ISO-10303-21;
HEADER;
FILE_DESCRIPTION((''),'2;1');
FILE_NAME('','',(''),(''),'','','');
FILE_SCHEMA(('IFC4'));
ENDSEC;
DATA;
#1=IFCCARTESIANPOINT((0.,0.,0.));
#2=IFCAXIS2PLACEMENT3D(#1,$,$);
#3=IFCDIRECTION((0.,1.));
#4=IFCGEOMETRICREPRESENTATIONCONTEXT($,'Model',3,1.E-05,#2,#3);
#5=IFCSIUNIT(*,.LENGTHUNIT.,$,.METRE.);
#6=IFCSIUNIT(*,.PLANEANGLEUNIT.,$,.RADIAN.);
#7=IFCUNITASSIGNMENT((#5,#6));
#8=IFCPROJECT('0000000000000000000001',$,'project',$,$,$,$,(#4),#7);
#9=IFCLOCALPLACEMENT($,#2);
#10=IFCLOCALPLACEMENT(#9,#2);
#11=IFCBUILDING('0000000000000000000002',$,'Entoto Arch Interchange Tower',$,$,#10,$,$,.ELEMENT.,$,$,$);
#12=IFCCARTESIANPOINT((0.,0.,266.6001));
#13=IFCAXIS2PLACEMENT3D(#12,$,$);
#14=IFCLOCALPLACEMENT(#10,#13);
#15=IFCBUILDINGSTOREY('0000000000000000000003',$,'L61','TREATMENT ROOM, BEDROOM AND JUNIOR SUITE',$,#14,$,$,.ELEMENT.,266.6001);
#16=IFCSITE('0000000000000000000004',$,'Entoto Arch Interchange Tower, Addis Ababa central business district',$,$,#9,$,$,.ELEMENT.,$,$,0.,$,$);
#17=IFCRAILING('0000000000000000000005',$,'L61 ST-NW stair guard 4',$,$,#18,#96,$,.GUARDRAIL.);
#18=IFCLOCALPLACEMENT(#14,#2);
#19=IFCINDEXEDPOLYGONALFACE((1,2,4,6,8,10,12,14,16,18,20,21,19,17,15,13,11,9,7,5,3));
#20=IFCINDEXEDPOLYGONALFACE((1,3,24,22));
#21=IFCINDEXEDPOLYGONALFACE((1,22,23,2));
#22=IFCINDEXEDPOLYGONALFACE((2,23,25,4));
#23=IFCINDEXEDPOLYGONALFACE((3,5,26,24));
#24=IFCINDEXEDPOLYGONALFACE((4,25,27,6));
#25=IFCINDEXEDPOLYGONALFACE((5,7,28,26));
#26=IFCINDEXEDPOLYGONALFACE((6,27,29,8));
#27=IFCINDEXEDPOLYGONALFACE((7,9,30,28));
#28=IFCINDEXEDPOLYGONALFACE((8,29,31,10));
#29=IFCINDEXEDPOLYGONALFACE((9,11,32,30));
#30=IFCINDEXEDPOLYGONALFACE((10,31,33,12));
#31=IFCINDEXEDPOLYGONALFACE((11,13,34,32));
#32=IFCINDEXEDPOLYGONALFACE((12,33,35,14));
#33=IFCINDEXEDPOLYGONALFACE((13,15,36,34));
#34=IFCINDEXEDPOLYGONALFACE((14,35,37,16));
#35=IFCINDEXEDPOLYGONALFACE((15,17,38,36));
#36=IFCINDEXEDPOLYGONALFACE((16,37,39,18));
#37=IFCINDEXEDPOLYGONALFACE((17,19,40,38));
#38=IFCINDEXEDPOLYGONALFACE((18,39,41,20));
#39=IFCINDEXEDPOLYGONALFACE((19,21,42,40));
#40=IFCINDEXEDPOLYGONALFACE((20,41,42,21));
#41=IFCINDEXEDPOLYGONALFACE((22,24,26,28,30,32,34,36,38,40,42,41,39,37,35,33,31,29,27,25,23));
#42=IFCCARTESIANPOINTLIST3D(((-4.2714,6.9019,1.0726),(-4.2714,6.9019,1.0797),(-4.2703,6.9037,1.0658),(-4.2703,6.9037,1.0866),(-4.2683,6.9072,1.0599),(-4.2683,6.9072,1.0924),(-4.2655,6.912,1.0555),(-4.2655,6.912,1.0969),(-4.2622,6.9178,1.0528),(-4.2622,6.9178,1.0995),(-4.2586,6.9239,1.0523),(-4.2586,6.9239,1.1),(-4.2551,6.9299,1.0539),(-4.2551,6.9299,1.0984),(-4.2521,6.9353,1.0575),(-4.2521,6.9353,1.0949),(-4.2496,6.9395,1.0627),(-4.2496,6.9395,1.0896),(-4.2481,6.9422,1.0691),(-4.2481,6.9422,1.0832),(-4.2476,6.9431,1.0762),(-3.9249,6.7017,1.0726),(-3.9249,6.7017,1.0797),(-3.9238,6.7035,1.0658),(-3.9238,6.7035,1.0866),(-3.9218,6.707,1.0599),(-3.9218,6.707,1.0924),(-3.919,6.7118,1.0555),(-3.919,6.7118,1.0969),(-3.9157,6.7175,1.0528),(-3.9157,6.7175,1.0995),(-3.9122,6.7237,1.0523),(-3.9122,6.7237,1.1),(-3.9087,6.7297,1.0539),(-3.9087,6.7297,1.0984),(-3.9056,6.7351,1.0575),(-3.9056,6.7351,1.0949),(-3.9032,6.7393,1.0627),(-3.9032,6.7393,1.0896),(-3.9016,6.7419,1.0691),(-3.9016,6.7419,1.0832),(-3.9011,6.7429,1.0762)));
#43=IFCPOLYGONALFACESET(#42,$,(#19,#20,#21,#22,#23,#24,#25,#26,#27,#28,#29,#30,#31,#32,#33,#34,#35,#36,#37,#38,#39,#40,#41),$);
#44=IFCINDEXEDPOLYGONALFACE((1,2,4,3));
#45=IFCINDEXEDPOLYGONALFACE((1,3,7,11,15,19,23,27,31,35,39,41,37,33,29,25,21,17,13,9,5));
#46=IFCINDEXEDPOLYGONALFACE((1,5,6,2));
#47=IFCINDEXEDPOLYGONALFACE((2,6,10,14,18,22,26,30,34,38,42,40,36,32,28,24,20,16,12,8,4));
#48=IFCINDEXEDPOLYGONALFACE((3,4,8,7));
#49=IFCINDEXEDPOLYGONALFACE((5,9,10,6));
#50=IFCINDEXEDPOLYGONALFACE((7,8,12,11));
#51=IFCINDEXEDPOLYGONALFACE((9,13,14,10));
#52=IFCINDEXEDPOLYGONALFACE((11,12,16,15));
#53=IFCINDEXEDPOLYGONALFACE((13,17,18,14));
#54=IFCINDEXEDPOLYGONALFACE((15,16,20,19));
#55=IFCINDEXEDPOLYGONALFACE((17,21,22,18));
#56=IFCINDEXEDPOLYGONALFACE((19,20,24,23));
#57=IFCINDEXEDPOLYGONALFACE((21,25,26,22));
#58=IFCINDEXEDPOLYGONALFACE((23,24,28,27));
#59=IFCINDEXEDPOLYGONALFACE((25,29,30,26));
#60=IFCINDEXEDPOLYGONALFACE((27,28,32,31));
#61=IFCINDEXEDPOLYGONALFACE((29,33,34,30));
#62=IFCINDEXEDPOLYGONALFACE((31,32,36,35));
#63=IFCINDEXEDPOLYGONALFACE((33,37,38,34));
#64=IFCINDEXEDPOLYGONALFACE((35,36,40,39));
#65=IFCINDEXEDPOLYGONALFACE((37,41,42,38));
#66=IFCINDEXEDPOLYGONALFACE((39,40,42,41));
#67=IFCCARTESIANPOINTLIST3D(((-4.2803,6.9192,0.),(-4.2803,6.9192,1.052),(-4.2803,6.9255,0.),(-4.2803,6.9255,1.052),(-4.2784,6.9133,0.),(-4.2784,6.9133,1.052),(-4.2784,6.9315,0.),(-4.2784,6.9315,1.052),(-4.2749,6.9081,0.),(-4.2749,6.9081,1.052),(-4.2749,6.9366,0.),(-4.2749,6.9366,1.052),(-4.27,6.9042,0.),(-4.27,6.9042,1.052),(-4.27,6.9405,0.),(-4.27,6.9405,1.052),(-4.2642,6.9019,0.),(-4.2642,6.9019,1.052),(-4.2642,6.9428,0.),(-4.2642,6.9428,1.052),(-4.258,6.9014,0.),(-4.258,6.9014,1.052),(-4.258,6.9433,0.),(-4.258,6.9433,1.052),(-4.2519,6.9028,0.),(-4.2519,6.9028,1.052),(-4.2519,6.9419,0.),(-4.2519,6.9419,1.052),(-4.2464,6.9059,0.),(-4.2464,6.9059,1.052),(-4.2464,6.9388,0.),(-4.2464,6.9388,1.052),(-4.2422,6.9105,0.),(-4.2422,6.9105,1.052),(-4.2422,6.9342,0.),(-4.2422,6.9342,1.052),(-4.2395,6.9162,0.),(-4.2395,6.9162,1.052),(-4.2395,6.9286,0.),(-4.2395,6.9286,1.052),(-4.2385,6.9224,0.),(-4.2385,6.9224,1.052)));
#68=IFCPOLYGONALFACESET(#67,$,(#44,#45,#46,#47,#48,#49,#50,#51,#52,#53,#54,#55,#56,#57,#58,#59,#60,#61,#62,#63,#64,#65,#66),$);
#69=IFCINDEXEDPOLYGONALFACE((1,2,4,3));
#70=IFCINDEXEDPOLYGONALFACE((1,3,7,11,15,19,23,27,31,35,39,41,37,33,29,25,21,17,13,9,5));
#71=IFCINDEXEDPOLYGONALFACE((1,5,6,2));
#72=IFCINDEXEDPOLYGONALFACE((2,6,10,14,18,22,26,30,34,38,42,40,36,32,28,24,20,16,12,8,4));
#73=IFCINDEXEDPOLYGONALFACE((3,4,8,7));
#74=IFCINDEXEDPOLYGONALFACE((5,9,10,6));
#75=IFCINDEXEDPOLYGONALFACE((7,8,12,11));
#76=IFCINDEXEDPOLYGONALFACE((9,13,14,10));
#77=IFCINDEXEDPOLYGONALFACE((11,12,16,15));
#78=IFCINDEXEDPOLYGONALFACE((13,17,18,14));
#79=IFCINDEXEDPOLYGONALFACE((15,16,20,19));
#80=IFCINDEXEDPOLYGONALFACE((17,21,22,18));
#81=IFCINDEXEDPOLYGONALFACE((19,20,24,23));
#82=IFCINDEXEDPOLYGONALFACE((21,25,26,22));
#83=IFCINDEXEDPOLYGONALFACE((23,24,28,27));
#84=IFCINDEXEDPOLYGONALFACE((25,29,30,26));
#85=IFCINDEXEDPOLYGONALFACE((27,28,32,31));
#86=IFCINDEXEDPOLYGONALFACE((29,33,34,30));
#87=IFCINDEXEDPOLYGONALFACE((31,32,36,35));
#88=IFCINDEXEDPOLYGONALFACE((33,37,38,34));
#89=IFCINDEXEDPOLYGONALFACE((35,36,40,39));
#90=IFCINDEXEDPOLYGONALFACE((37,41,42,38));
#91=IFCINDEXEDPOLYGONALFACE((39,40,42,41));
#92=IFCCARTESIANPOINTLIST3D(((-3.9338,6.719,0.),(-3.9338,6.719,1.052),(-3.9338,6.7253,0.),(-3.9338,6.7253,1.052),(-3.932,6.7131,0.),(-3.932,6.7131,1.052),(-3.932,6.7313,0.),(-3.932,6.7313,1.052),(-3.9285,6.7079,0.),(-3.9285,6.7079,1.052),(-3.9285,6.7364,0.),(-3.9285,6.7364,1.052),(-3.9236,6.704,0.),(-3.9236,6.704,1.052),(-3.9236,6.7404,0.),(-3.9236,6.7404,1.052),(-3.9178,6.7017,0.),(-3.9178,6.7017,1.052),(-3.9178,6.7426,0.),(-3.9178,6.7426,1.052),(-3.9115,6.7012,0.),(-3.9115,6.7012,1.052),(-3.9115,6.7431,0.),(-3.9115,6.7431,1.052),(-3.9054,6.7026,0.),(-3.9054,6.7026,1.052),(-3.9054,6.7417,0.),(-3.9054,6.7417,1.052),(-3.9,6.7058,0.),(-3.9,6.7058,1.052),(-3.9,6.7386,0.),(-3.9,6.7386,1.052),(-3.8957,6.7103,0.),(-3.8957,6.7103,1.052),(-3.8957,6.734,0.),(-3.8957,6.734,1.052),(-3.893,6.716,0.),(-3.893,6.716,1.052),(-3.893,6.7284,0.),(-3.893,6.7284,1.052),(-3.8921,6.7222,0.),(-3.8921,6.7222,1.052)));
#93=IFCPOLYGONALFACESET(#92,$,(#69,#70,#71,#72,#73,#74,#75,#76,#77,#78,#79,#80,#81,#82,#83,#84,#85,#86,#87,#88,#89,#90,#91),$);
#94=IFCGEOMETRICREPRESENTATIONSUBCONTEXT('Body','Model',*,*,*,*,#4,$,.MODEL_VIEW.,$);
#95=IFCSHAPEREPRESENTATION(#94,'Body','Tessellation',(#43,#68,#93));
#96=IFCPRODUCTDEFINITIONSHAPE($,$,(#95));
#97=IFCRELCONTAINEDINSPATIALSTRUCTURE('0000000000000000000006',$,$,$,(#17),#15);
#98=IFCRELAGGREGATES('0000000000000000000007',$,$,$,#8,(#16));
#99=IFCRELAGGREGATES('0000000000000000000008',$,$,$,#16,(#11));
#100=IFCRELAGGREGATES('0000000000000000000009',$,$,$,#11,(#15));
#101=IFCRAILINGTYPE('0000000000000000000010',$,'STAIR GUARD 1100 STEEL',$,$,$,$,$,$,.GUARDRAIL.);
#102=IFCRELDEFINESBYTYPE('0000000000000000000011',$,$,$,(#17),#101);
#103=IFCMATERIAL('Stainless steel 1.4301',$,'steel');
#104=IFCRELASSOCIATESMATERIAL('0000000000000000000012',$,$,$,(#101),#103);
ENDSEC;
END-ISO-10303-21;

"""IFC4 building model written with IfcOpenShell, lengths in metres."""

from ifc_helpers import new_model, si_unit, direction, frame, origin, origin_2d, place, context, subcontext, project, spatial, circle, extrude, material, type_object, element, save


model = new_model("IFC4")

# Units and contexts
model_context = context("Model", 3, precision=1e-05, world=origin(), true_north=direction((0.0, 1.0)))
body_context = subcontext(model_context, "Body", "Model", "MODEL_VIEW")
ifc_project = project(units=[si_unit("LENGTHUNIT", "METRE"), si_unit("PLANEANGLEUNIT", "RADIAN")], contexts=[model_context])

# Site, building, storey
site_placement = place(None, origin())
site = spatial("IfcSite", under=ifc_project, at=site_placement, Name="Entoto Arch Interchange Tower, Addis Ababa central business district", CompositionType="ELEMENT", RefElevation=0.0)
building_placement = place(site_placement, origin())
building = spatial("IfcBuilding", under=site, at=building_placement, Name="Entoto Arch Interchange Tower", CompositionType="ELEMENT")
storey_placement = place(building_placement, frame((0.0, 0.0, 266.6001)))
storey = spatial("IfcBuildingStorey", under=building, at=storey_placement, Name="L61", Description="TREATMENT ROOM, BEDROOM AND JUNIOR SUITE", CompositionType="ELEMENT", Elevation=266.6001)

# Railing
ifc_material_1 = material(Name="Stainless steel 1.4301", Category="steel")
railing_type_1 = type_object("IfcRailingType", Name="STAIR GUARD 1100 STEEL", PredefinedType="GUARDRAIL", material=ifc_material_1)
railing_1_placement = place(storey_placement, frame((-4.2595, 6.9224, 0.0)))
element("IfcRailing", 1, at=railing_1_placement, inside=storey, type_object=railing_type_1, Name="L61 ST-NW stair guard 4", PredefinedType="GUARDRAIL", context=body_context, shape_type="SweptSolid", body=[
    extrude(circle(Radius=0.0239, at=origin_2d()), frame((0.0, 0.0, 1.0762), z_axis=(0.86583, -0.500339, 0.0), x_axis=(0.500339, 0.86583, 0.0)), (0.0, 0.0, 1.0), 0.4001),
    extrude(circle(Radius=0.021, at=origin_2d()), origin(), (0.0, 0.0, 1.0), 1.052),
    extrude(circle(Radius=0.021, at=origin_2d()), frame((0.3464, -0.2002, 0.0)), (0.0, 0.0, 1.0), 1.052),
])

save(model, "model.ifc")
